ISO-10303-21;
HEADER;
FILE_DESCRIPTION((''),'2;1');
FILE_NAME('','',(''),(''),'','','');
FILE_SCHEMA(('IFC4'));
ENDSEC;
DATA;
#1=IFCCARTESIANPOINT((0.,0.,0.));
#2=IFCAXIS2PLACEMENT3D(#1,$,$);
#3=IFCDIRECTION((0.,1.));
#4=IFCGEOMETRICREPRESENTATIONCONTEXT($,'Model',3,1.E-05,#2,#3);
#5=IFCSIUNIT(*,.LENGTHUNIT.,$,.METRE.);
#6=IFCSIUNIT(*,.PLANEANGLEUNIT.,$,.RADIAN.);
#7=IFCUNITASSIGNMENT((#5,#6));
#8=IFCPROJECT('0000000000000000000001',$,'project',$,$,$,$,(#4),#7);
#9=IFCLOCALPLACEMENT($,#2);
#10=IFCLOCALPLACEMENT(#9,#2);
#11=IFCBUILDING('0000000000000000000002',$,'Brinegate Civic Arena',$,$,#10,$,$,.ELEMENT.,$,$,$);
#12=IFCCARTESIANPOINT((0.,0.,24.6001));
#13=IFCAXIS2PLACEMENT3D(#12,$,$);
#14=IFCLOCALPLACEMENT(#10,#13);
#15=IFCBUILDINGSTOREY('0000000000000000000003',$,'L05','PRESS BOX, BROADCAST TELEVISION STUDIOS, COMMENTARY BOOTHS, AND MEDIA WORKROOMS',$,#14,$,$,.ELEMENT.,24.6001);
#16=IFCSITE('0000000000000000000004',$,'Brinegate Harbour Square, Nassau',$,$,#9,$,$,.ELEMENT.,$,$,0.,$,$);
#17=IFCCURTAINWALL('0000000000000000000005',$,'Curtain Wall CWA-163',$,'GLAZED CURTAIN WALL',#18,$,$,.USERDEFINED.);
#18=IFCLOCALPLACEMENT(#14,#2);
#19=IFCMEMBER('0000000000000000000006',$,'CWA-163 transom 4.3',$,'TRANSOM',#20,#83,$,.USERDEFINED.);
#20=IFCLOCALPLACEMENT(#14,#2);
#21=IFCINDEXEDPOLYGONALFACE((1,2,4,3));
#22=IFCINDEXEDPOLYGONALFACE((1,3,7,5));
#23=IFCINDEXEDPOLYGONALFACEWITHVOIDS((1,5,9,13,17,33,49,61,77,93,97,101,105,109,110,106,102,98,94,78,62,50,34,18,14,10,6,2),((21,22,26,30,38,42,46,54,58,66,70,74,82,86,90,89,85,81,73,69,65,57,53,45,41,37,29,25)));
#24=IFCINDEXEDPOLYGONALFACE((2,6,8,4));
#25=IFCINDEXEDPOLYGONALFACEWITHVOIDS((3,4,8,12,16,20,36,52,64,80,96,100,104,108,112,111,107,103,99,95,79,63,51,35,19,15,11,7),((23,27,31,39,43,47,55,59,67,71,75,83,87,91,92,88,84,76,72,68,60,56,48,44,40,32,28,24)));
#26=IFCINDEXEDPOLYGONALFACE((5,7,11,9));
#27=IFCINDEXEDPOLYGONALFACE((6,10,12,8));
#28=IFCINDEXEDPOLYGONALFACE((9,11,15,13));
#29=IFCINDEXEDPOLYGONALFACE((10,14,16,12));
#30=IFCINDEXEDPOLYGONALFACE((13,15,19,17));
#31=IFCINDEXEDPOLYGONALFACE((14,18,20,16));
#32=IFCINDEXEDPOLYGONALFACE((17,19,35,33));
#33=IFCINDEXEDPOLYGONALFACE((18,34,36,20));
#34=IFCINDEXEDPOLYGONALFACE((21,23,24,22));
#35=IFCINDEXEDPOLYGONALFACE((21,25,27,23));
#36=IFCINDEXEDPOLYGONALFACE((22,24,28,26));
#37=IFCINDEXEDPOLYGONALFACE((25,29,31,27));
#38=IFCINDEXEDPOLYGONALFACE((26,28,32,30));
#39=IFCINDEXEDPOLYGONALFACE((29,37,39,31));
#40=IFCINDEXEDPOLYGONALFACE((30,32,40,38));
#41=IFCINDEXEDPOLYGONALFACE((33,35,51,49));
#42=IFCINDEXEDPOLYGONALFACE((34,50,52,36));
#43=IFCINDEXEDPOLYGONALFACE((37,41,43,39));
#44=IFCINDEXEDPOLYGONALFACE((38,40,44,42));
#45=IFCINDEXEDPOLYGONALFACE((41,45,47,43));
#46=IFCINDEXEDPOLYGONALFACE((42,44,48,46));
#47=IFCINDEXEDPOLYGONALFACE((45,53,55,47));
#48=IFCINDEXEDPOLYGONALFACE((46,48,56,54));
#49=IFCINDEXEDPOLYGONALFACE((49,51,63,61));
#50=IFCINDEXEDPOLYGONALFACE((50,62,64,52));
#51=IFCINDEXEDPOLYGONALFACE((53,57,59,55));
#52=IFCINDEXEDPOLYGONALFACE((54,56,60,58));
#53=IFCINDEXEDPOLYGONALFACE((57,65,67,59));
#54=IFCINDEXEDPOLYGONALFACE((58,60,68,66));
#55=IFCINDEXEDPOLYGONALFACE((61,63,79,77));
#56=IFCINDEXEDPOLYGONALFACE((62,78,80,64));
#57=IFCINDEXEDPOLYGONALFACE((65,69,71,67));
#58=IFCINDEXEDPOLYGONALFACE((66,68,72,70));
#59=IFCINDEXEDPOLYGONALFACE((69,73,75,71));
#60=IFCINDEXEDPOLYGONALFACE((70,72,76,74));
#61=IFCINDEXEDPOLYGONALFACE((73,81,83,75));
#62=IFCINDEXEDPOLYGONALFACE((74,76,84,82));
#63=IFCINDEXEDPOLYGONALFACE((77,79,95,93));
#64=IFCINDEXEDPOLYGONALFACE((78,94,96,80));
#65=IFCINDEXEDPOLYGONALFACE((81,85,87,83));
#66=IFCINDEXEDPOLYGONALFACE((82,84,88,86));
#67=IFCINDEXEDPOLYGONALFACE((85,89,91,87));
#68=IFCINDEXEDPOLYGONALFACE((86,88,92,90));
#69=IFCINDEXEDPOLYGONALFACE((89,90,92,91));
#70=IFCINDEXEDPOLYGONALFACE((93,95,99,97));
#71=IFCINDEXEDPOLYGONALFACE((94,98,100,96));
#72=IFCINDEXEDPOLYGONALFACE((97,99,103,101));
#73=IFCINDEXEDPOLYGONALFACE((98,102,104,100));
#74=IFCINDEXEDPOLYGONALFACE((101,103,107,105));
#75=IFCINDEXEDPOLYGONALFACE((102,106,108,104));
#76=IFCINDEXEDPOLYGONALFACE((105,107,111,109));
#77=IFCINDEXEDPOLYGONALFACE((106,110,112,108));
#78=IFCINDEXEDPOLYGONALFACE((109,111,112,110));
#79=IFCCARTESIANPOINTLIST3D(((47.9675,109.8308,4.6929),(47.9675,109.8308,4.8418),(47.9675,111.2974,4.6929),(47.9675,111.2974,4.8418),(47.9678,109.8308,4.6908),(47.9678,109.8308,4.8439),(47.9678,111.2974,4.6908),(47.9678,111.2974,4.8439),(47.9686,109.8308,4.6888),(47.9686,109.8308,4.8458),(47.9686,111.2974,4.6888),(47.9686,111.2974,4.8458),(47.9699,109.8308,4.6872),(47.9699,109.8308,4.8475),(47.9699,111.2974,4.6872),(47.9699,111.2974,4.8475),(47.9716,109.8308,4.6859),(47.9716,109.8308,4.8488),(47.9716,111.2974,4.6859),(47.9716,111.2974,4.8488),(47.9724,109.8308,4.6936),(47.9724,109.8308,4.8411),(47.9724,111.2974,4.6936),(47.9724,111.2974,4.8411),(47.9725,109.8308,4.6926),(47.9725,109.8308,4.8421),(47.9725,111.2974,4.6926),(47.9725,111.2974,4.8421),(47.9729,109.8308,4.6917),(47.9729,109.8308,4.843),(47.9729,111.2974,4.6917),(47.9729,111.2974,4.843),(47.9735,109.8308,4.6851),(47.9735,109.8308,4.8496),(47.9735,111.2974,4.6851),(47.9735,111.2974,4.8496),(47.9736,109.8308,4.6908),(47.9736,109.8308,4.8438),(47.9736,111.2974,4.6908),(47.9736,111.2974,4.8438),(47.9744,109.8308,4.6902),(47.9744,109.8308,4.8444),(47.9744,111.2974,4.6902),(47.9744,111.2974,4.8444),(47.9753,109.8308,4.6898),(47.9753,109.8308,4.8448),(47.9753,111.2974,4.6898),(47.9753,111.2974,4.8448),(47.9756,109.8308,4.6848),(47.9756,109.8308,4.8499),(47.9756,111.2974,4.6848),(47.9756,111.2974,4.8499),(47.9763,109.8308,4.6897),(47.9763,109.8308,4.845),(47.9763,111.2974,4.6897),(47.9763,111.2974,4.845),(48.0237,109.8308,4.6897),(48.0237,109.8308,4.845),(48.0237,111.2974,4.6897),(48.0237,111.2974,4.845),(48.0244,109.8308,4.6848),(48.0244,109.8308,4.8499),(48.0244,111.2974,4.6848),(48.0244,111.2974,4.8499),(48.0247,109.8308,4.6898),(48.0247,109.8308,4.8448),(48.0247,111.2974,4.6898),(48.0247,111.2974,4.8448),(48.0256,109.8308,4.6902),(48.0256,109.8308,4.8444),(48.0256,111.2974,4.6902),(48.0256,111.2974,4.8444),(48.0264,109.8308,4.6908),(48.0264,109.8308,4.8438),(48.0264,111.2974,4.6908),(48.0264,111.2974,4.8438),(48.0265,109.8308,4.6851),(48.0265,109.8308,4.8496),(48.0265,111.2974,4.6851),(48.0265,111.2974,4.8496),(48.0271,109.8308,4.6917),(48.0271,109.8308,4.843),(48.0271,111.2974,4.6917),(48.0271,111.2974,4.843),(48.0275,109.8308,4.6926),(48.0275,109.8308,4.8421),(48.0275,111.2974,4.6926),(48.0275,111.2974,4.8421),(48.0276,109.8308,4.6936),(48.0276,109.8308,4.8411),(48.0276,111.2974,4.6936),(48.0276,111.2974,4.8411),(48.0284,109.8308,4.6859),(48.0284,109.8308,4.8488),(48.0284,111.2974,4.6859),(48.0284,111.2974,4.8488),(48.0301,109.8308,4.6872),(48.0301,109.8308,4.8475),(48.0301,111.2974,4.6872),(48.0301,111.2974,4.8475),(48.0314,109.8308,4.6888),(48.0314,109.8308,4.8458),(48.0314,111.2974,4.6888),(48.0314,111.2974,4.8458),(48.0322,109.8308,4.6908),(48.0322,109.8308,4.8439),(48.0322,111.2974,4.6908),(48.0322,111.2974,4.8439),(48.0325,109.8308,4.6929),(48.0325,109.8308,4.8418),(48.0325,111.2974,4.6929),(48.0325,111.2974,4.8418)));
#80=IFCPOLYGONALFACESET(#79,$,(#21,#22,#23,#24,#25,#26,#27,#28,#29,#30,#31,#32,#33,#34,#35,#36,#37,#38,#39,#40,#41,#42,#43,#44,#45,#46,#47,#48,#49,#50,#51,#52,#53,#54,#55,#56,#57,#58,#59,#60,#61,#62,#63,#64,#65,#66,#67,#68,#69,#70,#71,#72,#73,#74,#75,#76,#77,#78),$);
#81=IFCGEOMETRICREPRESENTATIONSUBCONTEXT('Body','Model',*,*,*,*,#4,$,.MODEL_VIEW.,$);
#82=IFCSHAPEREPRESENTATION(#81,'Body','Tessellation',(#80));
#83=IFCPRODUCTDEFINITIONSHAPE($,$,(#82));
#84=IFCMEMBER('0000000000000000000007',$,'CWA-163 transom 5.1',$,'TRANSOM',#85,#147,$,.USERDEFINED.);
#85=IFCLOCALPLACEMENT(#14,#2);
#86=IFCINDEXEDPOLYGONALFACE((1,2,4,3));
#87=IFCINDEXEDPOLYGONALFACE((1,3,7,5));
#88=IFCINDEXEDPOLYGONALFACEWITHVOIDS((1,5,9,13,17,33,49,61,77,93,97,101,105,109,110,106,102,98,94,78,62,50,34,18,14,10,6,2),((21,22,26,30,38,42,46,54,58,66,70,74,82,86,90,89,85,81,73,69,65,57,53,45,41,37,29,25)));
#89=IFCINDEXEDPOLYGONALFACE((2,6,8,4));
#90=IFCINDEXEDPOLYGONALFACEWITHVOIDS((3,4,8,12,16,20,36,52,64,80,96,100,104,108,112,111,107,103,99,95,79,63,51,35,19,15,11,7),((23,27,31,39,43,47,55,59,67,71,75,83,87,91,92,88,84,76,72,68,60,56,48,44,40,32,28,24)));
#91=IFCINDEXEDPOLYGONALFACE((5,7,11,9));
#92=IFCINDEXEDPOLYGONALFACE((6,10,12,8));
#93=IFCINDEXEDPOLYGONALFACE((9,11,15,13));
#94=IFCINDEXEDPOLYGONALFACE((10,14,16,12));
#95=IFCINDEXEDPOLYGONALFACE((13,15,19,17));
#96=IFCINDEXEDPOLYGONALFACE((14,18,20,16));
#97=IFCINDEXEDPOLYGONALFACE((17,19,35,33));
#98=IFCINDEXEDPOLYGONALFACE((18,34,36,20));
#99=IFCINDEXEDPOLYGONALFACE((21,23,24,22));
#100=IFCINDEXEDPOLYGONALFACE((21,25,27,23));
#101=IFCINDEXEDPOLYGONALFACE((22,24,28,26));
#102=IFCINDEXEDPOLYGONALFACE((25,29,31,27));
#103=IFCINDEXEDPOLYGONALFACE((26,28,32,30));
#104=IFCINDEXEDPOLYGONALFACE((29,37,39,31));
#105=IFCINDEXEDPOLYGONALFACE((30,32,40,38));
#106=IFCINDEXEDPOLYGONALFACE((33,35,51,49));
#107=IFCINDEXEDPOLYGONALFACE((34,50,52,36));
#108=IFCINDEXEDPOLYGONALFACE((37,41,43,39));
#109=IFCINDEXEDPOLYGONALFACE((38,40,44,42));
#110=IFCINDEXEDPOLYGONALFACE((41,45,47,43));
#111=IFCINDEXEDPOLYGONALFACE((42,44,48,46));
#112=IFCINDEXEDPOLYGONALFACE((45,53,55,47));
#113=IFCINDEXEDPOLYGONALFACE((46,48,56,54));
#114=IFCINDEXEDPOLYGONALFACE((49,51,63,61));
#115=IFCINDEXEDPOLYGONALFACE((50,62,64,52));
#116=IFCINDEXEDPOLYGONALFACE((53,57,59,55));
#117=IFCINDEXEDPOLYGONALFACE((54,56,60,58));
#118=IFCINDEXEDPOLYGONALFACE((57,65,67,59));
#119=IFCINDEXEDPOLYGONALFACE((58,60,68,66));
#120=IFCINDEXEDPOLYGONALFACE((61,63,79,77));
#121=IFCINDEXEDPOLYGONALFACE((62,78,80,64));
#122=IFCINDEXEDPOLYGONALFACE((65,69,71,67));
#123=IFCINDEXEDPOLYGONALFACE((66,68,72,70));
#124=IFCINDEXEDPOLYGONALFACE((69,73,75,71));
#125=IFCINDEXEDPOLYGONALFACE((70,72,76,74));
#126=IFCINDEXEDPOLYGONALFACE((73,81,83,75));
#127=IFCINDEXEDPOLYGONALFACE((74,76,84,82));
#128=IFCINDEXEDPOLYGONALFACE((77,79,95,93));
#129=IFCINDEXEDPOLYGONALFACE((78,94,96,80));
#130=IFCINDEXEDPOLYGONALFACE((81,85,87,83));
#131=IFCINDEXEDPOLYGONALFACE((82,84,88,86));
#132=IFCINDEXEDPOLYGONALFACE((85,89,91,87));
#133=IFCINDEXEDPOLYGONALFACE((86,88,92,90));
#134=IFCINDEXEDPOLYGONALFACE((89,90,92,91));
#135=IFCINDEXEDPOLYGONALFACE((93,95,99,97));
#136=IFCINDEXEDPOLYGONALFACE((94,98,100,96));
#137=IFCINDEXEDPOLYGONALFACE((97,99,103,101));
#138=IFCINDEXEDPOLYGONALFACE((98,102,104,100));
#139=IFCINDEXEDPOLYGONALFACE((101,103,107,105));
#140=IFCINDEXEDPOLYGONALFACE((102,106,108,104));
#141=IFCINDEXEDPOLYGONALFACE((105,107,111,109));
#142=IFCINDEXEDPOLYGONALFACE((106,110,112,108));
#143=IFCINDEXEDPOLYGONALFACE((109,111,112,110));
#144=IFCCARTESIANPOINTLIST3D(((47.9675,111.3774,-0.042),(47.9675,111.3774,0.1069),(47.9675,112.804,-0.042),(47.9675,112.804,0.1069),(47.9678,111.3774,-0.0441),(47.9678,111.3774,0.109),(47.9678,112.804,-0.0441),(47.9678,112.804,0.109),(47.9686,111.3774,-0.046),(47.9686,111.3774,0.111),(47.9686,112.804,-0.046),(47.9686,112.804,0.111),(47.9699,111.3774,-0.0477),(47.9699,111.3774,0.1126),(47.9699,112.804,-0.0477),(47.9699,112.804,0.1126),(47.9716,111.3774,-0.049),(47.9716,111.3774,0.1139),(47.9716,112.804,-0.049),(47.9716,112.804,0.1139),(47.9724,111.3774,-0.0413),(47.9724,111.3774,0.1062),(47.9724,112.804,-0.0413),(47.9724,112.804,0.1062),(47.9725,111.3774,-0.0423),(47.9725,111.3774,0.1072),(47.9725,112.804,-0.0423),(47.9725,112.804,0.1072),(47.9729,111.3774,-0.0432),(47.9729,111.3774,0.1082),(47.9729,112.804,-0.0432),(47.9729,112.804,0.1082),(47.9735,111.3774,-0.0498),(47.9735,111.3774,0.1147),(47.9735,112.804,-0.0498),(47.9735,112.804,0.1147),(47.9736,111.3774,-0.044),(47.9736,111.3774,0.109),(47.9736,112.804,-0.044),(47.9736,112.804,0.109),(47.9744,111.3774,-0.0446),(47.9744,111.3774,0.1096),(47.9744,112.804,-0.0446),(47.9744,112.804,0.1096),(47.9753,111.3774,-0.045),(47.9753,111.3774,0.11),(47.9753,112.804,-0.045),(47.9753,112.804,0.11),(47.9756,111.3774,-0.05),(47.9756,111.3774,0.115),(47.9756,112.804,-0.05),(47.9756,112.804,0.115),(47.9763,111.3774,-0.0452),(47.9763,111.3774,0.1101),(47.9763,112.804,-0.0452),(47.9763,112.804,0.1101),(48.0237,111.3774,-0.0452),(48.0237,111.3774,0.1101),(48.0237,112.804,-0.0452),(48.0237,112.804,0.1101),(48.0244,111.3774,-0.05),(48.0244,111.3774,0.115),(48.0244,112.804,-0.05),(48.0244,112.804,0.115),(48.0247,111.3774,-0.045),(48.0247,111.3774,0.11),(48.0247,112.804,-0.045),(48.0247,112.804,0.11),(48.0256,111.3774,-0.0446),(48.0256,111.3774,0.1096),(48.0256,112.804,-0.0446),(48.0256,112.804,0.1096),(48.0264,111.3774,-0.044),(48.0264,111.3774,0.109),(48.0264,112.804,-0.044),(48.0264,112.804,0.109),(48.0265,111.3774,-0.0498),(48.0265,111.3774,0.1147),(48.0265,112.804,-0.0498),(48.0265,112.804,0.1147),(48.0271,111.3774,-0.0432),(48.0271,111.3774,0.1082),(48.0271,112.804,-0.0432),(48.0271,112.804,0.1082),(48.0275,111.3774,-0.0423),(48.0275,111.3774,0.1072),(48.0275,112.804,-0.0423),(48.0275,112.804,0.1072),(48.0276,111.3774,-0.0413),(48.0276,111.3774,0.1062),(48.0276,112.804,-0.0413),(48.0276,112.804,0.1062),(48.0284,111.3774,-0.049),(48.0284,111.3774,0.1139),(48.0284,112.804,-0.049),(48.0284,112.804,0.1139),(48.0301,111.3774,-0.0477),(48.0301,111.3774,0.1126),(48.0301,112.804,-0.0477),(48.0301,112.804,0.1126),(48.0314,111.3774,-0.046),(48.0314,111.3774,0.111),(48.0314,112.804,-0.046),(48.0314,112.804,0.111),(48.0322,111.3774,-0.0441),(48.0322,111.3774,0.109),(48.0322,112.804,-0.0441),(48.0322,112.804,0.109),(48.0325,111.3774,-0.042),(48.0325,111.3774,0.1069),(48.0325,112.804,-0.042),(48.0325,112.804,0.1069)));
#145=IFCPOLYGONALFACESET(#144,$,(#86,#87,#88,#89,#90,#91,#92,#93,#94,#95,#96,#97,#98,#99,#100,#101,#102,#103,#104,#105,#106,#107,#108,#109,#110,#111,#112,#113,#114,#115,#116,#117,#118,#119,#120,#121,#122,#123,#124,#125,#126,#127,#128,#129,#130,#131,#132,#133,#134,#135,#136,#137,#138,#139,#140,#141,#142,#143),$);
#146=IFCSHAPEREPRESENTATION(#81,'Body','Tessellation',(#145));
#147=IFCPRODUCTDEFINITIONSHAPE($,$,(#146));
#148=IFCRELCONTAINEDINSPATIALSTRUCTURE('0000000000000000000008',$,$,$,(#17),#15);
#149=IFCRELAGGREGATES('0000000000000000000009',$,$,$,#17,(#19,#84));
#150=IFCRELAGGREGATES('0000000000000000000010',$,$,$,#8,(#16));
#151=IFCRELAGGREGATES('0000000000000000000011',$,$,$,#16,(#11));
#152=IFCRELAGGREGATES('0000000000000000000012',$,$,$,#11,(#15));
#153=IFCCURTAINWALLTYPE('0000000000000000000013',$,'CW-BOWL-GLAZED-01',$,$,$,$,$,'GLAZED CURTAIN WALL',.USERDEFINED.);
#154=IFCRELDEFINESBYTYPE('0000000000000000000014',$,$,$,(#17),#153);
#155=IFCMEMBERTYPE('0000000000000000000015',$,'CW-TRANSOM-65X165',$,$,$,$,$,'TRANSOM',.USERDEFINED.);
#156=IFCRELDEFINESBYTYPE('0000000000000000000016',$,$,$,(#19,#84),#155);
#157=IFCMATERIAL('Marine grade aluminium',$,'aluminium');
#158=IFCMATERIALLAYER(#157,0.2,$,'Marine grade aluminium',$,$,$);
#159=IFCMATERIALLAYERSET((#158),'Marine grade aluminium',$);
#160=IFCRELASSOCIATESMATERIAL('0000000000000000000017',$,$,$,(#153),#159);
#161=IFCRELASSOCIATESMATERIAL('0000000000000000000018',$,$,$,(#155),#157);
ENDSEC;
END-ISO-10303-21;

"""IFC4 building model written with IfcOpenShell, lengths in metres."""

from ifc_helpers import new_model, si_unit, direction, frame, origin, origin_2d, place, context, subcontext, project, spatial, hollow_rectangle, extrude, material, layer, layer_set, material_profile, profile_set, type_object, element, aggregate, save


model = new_model("IFC4")

# Units and contexts
model_context = context("Model", 3, precision=1e-05, world=origin(), true_north=direction((0.0, 1.0)))
body_context = subcontext(model_context, "Body", "Model", "MODEL_VIEW")
ifc_project = project(units=[si_unit("LENGTHUNIT", "METRE"), si_unit("PLANEANGLEUNIT", "RADIAN")], contexts=[model_context])

# Site, building, storey
site_placement = place(None, origin())
site = spatial("IfcSite", under=ifc_project, at=site_placement, Name="Brinegate Harbour Square, Nassau", CompositionType="ELEMENT", RefElevation=0.0)
building_placement = place(site_placement, origin())
building = spatial("IfcBuilding", under=site, at=building_placement, Name="Brinegate Civic Arena", CompositionType="ELEMENT")
storey_placement = place(building_placement, frame((0.0, 0.0, 24.6001)))
storey = spatial("IfcBuildingStorey", under=building, at=storey_placement, Name="L05", Description="PRESS BOX, BROADCAST TELEVISION STUDIOS, COMMENTARY BOOTHS, AND MEDIA WORKROOMS", CompositionType="ELEMENT", Elevation=24.6001)

# Curtain wall, members
ifc_material_1 = material(Name="Marine grade aluminium", Category="aluminium")
ifc_layer_1 = layer(ifc_material_1, 0.2, Name="Marine grade aluminium")
ifc_layer_set_1 = layer_set([ifc_layer_1], Name="Marine grade aluminium")
curtain_wall_type = type_object("IfcCurtainWallType", Name="CW-BOWL-GLAZED-01", ElementType="GLAZED CURTAIN WALL", PredefinedType="USERDEFINED", material=ifc_layer_set_1)
curtain_wall_placement = place(storey_placement, origin())
curtain_wall = element("IfcCurtainWall", 1, at=curtain_wall_placement, inside=storey, type_object=curtain_wall_type, Name="Curtain Wall CWA-163", ObjectType="GLAZED CURTAIN WALL", PredefinedType="USERDEFINED")
ifc_material_profile_1 = material_profile(ifc_material_1, hollow_rectangle(XDim=0.0649, YDim=0.165, WallThickness=0.0049, InnerFilletRadius=0.0039, OuterFilletRadius=0.0081, at=origin_2d()), Name="TRN65X165")
ifc_profile_set_1 = profile_set([ifc_material_profile_1], Name="Marine grade aluminium")
member_type_1 = type_object("IfcMemberType", Name="CW-TRANSOM-65X165", ElementType="TRANSOM", PredefinedType="USERDEFINED", material=ifc_profile_set_1)
member_1_placement = place(storey_placement, frame((48.0, 109.8308, 4.7673), z_axis=(0.0, 1.0, 0.0), x_axis=(-1.0, 0.0, 0.0)))
member_1 = element("IfcMember", 2, at=member_1_placement, type_object=member_type_1, Name="CWA-163 transom 4.3", ObjectType="TRANSOM", PredefinedType="USERDEFINED", context=body_context, shape_type="SweptSolid", body=[
    extrude(hollow_rectangle(XDim=0.0649, YDim=0.165, WallThickness=0.0049, InnerFilletRadius=0.0039, OuterFilletRadius=0.0081, at=origin_2d()), origin(), (0.0, 0.0, 1.0), 1.4666),
])
member_2_placement = place(storey_placement, frame((48.0, 111.3774, 0.0325), z_axis=(0.0, 1.0, 0.0), x_axis=(-1.0, 0.0, 0.0)))
member_2 = element("IfcMember", 3, at=member_2_placement, type_object=member_type_1, Name="CWA-163 transom 5.1", ObjectType="TRANSOM", PredefinedType="USERDEFINED", context=body_context, shape_type="SweptSolid", body=[
    extrude(hollow_rectangle(XDim=0.0649, YDim=0.165, WallThickness=0.0049, InnerFilletRadius=0.0039, OuterFilletRadius=0.0081, at=origin_2d()), origin(), (0.0, 0.0, 1.0), 1.4265),
])

aggregate(curtain_wall, [member_1, member_2])

save(model, "model.ifc")
